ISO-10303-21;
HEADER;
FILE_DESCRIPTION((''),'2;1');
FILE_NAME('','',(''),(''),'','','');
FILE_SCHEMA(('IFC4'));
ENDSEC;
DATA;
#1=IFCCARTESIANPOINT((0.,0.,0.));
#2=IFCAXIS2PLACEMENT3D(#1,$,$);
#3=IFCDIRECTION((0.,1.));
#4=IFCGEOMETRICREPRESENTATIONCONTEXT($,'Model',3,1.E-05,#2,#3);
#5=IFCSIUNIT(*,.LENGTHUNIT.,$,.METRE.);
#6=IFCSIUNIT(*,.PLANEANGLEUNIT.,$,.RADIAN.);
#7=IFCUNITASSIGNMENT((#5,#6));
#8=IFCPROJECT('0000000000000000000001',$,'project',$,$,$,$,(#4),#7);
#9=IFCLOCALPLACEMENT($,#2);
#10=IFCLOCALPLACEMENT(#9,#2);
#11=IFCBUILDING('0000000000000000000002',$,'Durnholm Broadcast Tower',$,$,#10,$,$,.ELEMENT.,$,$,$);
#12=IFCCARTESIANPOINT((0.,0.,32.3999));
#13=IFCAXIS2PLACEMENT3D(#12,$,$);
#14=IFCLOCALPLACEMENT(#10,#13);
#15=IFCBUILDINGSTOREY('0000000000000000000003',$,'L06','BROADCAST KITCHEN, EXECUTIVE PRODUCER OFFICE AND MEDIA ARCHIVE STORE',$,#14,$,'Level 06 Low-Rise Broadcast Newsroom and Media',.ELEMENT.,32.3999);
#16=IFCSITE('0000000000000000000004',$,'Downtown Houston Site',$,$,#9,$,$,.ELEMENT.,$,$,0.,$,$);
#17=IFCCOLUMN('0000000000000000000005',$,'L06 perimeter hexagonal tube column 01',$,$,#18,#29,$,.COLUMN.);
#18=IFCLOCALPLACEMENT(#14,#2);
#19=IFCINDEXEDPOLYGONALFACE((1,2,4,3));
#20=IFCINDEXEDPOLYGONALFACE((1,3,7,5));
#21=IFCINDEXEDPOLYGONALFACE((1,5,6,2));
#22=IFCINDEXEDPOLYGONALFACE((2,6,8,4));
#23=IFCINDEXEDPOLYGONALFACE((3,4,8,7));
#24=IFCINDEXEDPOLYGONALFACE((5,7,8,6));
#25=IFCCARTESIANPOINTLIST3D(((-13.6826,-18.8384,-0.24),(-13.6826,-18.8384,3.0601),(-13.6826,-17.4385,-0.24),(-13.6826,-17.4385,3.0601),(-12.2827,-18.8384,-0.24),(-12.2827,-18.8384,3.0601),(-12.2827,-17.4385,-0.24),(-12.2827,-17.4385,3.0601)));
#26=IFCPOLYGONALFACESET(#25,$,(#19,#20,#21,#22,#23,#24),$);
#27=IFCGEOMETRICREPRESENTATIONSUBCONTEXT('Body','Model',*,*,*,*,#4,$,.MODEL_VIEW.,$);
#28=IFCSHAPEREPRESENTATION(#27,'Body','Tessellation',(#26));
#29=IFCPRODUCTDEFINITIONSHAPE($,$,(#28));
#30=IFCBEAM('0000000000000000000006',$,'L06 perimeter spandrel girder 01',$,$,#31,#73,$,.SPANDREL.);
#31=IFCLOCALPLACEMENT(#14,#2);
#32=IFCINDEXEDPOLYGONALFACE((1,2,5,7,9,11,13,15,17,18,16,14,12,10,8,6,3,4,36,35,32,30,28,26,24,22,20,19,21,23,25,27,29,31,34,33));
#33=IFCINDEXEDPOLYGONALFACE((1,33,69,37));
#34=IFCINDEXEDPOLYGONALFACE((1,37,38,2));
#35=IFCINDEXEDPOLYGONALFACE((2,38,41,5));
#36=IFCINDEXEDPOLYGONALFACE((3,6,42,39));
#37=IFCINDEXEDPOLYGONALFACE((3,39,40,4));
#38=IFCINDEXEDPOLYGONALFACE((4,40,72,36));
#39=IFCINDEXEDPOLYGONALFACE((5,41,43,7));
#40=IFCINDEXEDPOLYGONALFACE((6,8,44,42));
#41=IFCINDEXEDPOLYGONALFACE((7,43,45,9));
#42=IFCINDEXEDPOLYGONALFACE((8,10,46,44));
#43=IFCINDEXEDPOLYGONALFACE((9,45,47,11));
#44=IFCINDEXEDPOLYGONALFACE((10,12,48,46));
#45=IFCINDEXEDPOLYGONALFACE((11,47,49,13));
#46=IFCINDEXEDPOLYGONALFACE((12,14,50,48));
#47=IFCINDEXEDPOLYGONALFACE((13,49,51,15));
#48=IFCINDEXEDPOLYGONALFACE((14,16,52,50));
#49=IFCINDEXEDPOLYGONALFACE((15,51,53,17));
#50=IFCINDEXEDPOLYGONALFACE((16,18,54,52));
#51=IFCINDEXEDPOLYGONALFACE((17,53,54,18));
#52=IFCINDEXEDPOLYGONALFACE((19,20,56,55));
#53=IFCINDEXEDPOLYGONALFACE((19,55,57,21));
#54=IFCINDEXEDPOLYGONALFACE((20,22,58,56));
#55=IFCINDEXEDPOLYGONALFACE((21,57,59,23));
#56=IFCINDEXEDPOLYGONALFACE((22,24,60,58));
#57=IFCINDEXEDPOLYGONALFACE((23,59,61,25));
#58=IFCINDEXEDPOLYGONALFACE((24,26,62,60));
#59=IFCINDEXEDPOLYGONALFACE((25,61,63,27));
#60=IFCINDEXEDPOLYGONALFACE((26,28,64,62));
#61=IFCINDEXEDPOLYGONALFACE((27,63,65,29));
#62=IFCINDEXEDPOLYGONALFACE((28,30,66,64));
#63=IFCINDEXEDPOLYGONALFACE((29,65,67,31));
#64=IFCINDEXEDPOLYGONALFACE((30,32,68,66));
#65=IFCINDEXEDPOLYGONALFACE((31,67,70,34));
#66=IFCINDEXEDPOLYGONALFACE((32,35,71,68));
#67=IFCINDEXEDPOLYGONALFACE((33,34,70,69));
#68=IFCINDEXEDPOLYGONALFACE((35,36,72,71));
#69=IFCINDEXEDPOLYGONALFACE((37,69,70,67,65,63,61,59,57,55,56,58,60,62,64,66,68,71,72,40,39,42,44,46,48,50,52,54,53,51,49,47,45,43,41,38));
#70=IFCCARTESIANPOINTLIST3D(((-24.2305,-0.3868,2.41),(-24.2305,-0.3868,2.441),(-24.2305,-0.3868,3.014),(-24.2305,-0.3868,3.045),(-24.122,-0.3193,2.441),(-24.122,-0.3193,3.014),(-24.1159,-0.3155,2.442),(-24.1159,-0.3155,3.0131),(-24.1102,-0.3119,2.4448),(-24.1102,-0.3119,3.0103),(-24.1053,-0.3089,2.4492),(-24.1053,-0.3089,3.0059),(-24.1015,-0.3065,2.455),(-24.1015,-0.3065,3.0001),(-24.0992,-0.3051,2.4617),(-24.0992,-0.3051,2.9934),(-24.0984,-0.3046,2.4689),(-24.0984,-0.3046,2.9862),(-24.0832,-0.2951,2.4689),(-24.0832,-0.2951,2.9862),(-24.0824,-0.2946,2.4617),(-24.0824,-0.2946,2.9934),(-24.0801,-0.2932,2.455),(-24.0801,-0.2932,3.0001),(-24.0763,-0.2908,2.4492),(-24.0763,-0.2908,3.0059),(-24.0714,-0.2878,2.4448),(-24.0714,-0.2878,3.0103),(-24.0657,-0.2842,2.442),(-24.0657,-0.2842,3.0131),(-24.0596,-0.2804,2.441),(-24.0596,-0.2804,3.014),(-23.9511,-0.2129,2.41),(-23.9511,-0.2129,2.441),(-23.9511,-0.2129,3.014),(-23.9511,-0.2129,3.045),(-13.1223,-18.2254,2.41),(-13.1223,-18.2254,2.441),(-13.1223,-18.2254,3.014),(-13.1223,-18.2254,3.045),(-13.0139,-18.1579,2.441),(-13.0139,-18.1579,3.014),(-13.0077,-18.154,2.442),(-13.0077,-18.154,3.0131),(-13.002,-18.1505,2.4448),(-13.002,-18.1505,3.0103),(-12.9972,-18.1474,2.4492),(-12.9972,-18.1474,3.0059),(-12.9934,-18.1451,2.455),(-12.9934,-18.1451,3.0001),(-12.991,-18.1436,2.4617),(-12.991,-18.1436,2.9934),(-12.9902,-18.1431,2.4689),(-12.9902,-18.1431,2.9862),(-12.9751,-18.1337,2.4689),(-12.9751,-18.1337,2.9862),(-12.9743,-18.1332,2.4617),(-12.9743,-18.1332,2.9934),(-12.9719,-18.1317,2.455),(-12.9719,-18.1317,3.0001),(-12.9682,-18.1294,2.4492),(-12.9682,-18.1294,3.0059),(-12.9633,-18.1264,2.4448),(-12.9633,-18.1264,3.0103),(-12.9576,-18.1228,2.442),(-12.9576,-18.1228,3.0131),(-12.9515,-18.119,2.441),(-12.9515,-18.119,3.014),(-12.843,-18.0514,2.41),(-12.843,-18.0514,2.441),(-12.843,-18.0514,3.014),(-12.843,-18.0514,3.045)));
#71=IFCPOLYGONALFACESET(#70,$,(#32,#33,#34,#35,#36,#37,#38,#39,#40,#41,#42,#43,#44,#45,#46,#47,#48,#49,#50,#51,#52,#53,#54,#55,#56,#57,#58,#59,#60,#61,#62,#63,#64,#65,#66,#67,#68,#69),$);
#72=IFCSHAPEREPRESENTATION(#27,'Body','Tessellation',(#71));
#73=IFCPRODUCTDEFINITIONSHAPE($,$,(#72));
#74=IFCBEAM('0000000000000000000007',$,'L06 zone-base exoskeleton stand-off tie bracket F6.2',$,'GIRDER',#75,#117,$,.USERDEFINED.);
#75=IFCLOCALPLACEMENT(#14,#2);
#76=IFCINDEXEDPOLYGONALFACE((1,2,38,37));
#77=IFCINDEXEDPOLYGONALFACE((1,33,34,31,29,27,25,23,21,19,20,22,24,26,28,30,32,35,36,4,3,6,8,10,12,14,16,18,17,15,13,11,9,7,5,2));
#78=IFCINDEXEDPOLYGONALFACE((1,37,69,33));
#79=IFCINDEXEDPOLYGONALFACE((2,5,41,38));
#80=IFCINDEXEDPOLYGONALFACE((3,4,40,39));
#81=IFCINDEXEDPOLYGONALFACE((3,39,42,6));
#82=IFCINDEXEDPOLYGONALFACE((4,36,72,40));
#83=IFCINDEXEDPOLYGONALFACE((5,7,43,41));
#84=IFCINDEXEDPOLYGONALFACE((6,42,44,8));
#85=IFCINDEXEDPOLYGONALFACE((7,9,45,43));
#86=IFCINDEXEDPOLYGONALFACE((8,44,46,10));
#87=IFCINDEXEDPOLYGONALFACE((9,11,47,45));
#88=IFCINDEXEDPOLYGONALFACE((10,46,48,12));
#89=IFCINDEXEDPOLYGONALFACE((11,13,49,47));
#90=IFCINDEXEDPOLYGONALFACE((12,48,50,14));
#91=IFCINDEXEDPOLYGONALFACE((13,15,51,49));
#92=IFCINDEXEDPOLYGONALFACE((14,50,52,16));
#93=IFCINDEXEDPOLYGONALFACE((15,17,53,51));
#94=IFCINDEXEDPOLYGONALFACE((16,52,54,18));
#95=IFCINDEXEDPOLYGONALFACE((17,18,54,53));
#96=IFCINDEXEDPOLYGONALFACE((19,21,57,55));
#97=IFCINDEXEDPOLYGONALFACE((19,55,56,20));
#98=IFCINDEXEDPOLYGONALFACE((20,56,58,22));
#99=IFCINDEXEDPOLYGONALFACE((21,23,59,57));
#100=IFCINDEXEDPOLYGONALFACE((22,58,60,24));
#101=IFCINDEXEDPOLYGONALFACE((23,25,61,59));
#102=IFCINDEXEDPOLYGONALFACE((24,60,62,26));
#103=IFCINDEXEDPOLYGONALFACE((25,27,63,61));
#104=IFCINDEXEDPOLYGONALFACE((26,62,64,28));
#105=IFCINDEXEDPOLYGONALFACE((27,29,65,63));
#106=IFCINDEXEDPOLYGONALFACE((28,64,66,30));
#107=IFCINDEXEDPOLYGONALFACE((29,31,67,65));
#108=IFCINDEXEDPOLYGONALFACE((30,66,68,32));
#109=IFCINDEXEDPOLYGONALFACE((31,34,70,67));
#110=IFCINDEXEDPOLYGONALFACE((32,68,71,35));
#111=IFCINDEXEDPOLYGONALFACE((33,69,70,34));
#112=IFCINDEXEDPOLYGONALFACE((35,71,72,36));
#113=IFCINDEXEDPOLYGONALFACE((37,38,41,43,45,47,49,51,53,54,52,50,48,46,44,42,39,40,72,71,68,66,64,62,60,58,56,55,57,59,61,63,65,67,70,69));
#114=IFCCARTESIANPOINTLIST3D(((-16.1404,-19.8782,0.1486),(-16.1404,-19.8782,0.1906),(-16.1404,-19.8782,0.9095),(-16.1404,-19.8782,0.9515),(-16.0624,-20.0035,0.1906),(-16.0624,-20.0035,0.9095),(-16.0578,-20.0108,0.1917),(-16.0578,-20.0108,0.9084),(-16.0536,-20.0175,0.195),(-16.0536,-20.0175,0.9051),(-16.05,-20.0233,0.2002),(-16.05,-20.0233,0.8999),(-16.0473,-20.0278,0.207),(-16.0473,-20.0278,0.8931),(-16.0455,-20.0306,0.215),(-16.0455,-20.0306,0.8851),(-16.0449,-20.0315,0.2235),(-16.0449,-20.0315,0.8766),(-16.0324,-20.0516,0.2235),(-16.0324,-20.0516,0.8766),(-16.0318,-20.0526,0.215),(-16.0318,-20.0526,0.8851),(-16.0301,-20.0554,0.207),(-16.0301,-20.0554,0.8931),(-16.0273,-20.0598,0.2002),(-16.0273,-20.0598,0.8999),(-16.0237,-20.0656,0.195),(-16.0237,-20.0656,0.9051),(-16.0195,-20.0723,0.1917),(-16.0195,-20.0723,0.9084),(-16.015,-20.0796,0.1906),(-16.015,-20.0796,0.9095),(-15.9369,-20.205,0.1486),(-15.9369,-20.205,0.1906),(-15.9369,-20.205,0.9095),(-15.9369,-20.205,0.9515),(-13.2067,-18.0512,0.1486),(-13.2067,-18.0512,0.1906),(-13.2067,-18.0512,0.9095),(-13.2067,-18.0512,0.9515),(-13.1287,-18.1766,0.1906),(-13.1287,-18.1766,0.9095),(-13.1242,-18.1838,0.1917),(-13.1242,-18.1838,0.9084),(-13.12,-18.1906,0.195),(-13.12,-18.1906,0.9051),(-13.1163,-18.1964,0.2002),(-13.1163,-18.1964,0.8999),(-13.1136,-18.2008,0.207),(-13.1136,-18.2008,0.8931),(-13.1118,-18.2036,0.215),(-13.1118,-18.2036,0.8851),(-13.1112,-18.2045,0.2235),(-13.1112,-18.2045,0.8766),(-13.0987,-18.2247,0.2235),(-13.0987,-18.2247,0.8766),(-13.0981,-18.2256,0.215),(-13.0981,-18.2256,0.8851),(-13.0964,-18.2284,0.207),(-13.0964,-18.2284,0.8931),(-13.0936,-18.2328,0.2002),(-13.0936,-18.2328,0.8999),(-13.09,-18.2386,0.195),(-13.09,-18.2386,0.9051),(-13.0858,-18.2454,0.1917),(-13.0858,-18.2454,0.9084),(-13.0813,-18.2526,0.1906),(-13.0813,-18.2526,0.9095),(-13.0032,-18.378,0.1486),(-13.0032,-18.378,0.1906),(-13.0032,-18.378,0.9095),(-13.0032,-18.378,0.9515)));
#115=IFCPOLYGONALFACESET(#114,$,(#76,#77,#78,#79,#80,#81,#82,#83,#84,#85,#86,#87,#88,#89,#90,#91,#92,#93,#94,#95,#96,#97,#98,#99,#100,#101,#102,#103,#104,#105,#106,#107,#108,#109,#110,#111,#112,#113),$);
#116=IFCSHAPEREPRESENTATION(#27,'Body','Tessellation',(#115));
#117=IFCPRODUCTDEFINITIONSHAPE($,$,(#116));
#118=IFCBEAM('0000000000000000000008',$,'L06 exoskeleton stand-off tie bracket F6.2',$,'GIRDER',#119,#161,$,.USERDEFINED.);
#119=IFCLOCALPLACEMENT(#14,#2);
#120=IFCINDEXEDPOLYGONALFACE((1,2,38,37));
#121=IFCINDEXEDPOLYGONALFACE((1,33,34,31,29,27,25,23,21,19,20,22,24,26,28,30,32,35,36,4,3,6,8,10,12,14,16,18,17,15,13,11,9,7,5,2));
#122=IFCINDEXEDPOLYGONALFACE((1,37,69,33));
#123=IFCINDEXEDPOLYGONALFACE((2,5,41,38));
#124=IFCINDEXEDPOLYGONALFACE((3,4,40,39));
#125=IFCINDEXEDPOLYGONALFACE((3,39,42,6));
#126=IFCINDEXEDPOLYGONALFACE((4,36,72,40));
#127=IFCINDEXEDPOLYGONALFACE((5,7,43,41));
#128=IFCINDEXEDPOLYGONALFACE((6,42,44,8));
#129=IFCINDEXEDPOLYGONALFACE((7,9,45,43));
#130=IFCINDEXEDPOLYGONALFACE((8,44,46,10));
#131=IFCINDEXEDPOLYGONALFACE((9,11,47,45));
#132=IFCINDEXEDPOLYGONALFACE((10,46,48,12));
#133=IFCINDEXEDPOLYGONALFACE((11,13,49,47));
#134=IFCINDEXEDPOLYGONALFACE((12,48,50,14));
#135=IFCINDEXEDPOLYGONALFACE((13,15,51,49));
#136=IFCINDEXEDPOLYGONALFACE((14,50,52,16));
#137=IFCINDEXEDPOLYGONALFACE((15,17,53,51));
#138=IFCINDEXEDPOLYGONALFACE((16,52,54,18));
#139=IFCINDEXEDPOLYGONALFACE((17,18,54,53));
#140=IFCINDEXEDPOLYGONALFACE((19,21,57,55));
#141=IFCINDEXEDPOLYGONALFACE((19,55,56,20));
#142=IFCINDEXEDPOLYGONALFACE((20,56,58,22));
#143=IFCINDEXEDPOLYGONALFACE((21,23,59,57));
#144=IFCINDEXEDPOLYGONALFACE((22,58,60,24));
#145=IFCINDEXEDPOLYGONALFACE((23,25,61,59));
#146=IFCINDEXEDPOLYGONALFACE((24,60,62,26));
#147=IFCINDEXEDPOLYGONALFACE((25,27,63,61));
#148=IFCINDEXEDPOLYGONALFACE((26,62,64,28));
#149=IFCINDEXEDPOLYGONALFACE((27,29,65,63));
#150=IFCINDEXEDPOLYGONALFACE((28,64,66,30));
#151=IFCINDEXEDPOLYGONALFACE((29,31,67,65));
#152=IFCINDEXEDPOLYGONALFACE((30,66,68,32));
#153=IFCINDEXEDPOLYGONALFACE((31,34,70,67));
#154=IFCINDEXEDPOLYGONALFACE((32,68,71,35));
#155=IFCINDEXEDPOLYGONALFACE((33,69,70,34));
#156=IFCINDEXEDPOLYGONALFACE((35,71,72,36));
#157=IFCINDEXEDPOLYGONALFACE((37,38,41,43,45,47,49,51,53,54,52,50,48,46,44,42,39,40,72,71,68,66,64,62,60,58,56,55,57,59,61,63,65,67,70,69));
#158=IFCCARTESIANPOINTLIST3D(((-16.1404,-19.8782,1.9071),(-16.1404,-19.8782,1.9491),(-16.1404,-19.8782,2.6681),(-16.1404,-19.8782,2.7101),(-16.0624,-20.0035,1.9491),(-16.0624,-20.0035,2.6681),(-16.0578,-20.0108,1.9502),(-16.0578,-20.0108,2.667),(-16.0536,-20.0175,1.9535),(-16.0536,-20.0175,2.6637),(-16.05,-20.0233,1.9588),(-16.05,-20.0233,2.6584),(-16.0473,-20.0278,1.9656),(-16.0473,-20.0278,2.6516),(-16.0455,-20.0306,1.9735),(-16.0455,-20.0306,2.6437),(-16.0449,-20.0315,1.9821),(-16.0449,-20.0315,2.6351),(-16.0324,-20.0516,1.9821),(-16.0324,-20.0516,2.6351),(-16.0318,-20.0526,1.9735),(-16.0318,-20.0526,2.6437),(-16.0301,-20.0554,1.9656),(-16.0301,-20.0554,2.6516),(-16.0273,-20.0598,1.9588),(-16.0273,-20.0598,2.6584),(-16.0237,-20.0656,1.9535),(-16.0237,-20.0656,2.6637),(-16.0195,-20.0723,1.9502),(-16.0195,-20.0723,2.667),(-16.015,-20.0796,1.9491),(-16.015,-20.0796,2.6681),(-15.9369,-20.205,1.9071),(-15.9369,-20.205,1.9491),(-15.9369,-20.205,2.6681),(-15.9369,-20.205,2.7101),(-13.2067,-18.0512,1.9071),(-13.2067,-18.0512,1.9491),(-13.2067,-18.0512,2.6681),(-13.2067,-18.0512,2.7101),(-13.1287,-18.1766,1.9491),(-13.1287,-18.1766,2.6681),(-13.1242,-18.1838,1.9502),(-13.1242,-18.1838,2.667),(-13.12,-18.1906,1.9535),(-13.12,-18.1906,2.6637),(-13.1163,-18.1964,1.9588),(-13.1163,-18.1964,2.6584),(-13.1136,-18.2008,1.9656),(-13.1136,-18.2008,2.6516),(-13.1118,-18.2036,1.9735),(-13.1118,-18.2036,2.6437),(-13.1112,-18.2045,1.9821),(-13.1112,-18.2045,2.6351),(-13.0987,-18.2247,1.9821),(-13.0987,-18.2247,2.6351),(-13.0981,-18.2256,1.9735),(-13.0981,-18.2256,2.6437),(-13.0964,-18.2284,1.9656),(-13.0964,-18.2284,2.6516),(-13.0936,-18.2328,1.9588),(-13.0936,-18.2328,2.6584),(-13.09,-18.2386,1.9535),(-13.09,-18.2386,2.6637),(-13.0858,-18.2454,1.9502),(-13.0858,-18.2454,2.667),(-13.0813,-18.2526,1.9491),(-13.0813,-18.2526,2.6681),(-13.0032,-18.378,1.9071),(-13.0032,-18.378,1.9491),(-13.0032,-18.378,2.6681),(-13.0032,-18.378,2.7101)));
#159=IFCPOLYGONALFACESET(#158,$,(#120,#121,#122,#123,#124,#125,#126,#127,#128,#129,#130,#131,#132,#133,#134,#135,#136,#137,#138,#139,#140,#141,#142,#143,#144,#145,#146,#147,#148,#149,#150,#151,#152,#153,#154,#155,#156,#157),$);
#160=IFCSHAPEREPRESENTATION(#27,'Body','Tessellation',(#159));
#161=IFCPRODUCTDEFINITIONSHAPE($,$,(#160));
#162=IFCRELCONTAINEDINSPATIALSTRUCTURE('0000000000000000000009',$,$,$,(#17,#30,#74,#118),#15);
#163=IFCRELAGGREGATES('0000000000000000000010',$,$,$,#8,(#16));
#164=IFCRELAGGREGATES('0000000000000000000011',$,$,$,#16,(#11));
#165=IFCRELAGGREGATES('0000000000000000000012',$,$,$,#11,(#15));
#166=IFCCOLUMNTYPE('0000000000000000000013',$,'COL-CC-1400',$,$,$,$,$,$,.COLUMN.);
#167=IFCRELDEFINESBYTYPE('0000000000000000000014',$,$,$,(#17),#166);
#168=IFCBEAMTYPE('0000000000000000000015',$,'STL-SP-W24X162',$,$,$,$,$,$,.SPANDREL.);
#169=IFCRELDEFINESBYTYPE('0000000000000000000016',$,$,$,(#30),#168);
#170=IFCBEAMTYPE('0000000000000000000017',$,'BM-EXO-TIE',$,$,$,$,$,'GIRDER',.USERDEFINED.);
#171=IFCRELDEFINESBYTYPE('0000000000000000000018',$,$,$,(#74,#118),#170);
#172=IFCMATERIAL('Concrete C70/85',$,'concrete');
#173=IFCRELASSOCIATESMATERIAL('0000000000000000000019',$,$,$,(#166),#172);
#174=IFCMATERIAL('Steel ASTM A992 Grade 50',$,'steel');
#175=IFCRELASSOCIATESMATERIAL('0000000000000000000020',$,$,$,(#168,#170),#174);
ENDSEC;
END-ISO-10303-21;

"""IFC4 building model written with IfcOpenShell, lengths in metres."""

from ifc_helpers import new_model, si_unit, direction, frame, origin, origin_2d, place, context, subcontext, project, spatial, rectangle, i_section, extrude, source, transform, mapped, material, material_profile, profile_set, type_object, type_shapes, element, save


model = new_model("IFC4")

# Units and contexts
model_context = context("Model", 3, precision=1e-05, world=origin(), true_north=direction((0.0, 1.0)))
body_context = subcontext(model_context, "Body", "Model", "MODEL_VIEW")
ifc_project = project(units=[si_unit("LENGTHUNIT", "METRE"), si_unit("PLANEANGLEUNIT", "RADIAN")], contexts=[model_context])

# Site, building, storey
site_placement = place(None, origin())
site = spatial("IfcSite", under=ifc_project, at=site_placement, Name="Downtown Houston Site", CompositionType="ELEMENT", RefElevation=0.0)
building_placement = place(site_placement, origin())
building = spatial("IfcBuilding", under=site, at=building_placement, Name="Durnholm Broadcast Tower", CompositionType="ELEMENT")
storey_placement = place(building_placement, frame((0.0, 0.0, 32.3999)))
storey = spatial("IfcBuildingStorey", under=building, at=storey_placement, Name="L06", Description="BROADCAST KITCHEN, EXECUTIVE PRODUCER OFFICE AND MEDIA ARCHIVE STORE", LongName="Level 06 Low-Rise Broadcast Newsroom and Media", CompositionType="ELEMENT", Elevation=32.3999)

# Column
ifc_material_1 = material(Name="Concrete C70/85", Category="concrete")
ifc_material_profile_1 = material_profile(ifc_material_1, rectangle(XDim=1.3999, YDim=1.3999, at=origin_2d()), Name="RC1400X1400")
ifc_profile_set_1 = profile_set([ifc_material_profile_1], Name="Concrete C70/85")
column_type = type_object("IfcColumnType", Name="COL-CC-1400", PredefinedType="COLUMN", material=ifc_profile_set_1)
shared_shape_1 = source(origin(), body_context, "Body", "SweptSolid", [
    extrude(rectangle(XDim=1.3999, YDim=1.3999, at=origin_2d()), origin(), (0.0, 0.0, 1.0), 3.3),
])
type_shapes(column_type, [shared_shape_1])
column_placement = place(storey_placement, frame((-12.9827, -18.1384, -0.24), z_axis=(0.0, 0.0, 1.0), x_axis=(1.0, 0.0, 0.0)))
element("IfcColumn", 1, at=column_placement, inside=storey, type_object=column_type, Name="L06 perimeter hexagonal tube column 01", PredefinedType="COLUMN", context=body_context, shape_type="MappedRepresentation", body=[
    mapped(shared_shape_1, transform((0.0, 0.0, 0.0), x_axis=(1.0, 0.0, 0.0), y_axis=(0.0, 1.0, 0.0), z_axis=(0.0, 0.0, 1.0), scale=1.0)),
])

# Beams
ifc_material_2 = material(Name="Steel ASTM A992 Grade 50", Category="steel")
ifc_material_profile_2 = material_profile(ifc_material_2, i_section(OverallWidth=0.3291, OverallDepth=0.635, WebThickness=0.0178, FlangeThickness=0.031, FilletRadius=0.0278, at=origin_2d()), Name="W24X162")
ifc_profile_set_2 = profile_set([ifc_material_profile_2], Name="Steel ASTM A992 Grade 50")
beam_type_1 = type_object("IfcBeamType", Name="STL-SP-W24X162", PredefinedType="SPANDREL", material=ifc_profile_set_2)
shared_shape_2 = source(origin(), body_context, "Body", "SweptSolid", [
    extrude(i_section(OverallWidth=0.3291, OverallDepth=0.635, WebThickness=0.0178, FlangeThickness=0.031, FilletRadius=0.0278, at=origin_2d()), origin(), (0.0, 0.0, 1.0), 21.0144),
])
type_shapes(beam_type_1, [shared_shape_2])
beam_placement = place(storey_placement, frame((-12.9827, -18.1384, 2.7275), z_axis=(-0.528596, 0.848874, 0.0), x_axis=(-0.848874, -0.528596, 0.0)))
element("IfcBeam", 2, at=beam_placement, inside=storey, type_object=beam_type_1, Name="L06 perimeter spandrel girder 01", PredefinedType="SPANDREL", context=body_context, shape_type="MappedRepresentation", body=[
    mapped(shared_shape_2, transform((0.0, 0.0, 0.0), x_axis=(1.0, 0.0, 0.0), y_axis=(0.0, 1.0, 0.0), z_axis=(0.0, 0.0, 1.0), scale=1.0)),
])
ifc_material_profile_3 = material_profile(ifc_material_2, i_section(OverallWidth=0.385, OverallDepth=0.803, WebThickness=0.0237, FlangeThickness=0.042, FilletRadius=0.033, at=origin_2d()), Name="W30X261")
ifc_profile_set_3 = profile_set([ifc_material_profile_3], Name="Steel ASTM A992 Grade 50")
beam_type_2 = type_object("IfcBeamType", Name="BM-EXO-TIE", ElementType="GIRDER", PredefinedType="USERDEFINED", material=ifc_profile_set_3)
shared_shape_3 = source(origin(), body_context, "Body", "SweptSolid", [
    extrude(i_section(OverallWidth=0.385, OverallDepth=0.803, WebThickness=0.0237, FlangeThickness=0.042, FilletRadius=0.033, at=origin_2d()), origin(), (0.0, 0.0, 1.0), 3.4561),
])
type_shapes(beam_type_2, [shared_shape_3])
for number, where, z_axis, x_axis, name in (
    (3, (-13.105, -18.2146, 0.55), (-0.848854, -0.528627, 0.0), (0.528627, -0.848854, 0.0), "L06 zone-base exoskeleton stand-off tie bracket F6.2"),
    (4, (-13.105, -18.2146, 2.3086), (-0.848854, -0.528627, 0.0), (0.528627, -0.848854, 0.0), "L06 exoskeleton stand-off tie bracket F6.2"),
):
    element("IfcBeam", number, at=place(storey_placement, frame(where, z_axis=z_axis, x_axis=x_axis)), inside=storey, type_object=beam_type_2, Name=name, ObjectType="GIRDER", PredefinedType="USERDEFINED", context=body_context, shape_type="MappedRepresentation", body=[
        mapped(shared_shape_3, transform((0.0, 0.0, 0.0), x_axis=(1.0, 0.0, 0.0), y_axis=(0.0, 1.0, 0.0), z_axis=(0.0, 0.0, 1.0), scale=1.0)),
    ])

save(model, "model.ifc")
